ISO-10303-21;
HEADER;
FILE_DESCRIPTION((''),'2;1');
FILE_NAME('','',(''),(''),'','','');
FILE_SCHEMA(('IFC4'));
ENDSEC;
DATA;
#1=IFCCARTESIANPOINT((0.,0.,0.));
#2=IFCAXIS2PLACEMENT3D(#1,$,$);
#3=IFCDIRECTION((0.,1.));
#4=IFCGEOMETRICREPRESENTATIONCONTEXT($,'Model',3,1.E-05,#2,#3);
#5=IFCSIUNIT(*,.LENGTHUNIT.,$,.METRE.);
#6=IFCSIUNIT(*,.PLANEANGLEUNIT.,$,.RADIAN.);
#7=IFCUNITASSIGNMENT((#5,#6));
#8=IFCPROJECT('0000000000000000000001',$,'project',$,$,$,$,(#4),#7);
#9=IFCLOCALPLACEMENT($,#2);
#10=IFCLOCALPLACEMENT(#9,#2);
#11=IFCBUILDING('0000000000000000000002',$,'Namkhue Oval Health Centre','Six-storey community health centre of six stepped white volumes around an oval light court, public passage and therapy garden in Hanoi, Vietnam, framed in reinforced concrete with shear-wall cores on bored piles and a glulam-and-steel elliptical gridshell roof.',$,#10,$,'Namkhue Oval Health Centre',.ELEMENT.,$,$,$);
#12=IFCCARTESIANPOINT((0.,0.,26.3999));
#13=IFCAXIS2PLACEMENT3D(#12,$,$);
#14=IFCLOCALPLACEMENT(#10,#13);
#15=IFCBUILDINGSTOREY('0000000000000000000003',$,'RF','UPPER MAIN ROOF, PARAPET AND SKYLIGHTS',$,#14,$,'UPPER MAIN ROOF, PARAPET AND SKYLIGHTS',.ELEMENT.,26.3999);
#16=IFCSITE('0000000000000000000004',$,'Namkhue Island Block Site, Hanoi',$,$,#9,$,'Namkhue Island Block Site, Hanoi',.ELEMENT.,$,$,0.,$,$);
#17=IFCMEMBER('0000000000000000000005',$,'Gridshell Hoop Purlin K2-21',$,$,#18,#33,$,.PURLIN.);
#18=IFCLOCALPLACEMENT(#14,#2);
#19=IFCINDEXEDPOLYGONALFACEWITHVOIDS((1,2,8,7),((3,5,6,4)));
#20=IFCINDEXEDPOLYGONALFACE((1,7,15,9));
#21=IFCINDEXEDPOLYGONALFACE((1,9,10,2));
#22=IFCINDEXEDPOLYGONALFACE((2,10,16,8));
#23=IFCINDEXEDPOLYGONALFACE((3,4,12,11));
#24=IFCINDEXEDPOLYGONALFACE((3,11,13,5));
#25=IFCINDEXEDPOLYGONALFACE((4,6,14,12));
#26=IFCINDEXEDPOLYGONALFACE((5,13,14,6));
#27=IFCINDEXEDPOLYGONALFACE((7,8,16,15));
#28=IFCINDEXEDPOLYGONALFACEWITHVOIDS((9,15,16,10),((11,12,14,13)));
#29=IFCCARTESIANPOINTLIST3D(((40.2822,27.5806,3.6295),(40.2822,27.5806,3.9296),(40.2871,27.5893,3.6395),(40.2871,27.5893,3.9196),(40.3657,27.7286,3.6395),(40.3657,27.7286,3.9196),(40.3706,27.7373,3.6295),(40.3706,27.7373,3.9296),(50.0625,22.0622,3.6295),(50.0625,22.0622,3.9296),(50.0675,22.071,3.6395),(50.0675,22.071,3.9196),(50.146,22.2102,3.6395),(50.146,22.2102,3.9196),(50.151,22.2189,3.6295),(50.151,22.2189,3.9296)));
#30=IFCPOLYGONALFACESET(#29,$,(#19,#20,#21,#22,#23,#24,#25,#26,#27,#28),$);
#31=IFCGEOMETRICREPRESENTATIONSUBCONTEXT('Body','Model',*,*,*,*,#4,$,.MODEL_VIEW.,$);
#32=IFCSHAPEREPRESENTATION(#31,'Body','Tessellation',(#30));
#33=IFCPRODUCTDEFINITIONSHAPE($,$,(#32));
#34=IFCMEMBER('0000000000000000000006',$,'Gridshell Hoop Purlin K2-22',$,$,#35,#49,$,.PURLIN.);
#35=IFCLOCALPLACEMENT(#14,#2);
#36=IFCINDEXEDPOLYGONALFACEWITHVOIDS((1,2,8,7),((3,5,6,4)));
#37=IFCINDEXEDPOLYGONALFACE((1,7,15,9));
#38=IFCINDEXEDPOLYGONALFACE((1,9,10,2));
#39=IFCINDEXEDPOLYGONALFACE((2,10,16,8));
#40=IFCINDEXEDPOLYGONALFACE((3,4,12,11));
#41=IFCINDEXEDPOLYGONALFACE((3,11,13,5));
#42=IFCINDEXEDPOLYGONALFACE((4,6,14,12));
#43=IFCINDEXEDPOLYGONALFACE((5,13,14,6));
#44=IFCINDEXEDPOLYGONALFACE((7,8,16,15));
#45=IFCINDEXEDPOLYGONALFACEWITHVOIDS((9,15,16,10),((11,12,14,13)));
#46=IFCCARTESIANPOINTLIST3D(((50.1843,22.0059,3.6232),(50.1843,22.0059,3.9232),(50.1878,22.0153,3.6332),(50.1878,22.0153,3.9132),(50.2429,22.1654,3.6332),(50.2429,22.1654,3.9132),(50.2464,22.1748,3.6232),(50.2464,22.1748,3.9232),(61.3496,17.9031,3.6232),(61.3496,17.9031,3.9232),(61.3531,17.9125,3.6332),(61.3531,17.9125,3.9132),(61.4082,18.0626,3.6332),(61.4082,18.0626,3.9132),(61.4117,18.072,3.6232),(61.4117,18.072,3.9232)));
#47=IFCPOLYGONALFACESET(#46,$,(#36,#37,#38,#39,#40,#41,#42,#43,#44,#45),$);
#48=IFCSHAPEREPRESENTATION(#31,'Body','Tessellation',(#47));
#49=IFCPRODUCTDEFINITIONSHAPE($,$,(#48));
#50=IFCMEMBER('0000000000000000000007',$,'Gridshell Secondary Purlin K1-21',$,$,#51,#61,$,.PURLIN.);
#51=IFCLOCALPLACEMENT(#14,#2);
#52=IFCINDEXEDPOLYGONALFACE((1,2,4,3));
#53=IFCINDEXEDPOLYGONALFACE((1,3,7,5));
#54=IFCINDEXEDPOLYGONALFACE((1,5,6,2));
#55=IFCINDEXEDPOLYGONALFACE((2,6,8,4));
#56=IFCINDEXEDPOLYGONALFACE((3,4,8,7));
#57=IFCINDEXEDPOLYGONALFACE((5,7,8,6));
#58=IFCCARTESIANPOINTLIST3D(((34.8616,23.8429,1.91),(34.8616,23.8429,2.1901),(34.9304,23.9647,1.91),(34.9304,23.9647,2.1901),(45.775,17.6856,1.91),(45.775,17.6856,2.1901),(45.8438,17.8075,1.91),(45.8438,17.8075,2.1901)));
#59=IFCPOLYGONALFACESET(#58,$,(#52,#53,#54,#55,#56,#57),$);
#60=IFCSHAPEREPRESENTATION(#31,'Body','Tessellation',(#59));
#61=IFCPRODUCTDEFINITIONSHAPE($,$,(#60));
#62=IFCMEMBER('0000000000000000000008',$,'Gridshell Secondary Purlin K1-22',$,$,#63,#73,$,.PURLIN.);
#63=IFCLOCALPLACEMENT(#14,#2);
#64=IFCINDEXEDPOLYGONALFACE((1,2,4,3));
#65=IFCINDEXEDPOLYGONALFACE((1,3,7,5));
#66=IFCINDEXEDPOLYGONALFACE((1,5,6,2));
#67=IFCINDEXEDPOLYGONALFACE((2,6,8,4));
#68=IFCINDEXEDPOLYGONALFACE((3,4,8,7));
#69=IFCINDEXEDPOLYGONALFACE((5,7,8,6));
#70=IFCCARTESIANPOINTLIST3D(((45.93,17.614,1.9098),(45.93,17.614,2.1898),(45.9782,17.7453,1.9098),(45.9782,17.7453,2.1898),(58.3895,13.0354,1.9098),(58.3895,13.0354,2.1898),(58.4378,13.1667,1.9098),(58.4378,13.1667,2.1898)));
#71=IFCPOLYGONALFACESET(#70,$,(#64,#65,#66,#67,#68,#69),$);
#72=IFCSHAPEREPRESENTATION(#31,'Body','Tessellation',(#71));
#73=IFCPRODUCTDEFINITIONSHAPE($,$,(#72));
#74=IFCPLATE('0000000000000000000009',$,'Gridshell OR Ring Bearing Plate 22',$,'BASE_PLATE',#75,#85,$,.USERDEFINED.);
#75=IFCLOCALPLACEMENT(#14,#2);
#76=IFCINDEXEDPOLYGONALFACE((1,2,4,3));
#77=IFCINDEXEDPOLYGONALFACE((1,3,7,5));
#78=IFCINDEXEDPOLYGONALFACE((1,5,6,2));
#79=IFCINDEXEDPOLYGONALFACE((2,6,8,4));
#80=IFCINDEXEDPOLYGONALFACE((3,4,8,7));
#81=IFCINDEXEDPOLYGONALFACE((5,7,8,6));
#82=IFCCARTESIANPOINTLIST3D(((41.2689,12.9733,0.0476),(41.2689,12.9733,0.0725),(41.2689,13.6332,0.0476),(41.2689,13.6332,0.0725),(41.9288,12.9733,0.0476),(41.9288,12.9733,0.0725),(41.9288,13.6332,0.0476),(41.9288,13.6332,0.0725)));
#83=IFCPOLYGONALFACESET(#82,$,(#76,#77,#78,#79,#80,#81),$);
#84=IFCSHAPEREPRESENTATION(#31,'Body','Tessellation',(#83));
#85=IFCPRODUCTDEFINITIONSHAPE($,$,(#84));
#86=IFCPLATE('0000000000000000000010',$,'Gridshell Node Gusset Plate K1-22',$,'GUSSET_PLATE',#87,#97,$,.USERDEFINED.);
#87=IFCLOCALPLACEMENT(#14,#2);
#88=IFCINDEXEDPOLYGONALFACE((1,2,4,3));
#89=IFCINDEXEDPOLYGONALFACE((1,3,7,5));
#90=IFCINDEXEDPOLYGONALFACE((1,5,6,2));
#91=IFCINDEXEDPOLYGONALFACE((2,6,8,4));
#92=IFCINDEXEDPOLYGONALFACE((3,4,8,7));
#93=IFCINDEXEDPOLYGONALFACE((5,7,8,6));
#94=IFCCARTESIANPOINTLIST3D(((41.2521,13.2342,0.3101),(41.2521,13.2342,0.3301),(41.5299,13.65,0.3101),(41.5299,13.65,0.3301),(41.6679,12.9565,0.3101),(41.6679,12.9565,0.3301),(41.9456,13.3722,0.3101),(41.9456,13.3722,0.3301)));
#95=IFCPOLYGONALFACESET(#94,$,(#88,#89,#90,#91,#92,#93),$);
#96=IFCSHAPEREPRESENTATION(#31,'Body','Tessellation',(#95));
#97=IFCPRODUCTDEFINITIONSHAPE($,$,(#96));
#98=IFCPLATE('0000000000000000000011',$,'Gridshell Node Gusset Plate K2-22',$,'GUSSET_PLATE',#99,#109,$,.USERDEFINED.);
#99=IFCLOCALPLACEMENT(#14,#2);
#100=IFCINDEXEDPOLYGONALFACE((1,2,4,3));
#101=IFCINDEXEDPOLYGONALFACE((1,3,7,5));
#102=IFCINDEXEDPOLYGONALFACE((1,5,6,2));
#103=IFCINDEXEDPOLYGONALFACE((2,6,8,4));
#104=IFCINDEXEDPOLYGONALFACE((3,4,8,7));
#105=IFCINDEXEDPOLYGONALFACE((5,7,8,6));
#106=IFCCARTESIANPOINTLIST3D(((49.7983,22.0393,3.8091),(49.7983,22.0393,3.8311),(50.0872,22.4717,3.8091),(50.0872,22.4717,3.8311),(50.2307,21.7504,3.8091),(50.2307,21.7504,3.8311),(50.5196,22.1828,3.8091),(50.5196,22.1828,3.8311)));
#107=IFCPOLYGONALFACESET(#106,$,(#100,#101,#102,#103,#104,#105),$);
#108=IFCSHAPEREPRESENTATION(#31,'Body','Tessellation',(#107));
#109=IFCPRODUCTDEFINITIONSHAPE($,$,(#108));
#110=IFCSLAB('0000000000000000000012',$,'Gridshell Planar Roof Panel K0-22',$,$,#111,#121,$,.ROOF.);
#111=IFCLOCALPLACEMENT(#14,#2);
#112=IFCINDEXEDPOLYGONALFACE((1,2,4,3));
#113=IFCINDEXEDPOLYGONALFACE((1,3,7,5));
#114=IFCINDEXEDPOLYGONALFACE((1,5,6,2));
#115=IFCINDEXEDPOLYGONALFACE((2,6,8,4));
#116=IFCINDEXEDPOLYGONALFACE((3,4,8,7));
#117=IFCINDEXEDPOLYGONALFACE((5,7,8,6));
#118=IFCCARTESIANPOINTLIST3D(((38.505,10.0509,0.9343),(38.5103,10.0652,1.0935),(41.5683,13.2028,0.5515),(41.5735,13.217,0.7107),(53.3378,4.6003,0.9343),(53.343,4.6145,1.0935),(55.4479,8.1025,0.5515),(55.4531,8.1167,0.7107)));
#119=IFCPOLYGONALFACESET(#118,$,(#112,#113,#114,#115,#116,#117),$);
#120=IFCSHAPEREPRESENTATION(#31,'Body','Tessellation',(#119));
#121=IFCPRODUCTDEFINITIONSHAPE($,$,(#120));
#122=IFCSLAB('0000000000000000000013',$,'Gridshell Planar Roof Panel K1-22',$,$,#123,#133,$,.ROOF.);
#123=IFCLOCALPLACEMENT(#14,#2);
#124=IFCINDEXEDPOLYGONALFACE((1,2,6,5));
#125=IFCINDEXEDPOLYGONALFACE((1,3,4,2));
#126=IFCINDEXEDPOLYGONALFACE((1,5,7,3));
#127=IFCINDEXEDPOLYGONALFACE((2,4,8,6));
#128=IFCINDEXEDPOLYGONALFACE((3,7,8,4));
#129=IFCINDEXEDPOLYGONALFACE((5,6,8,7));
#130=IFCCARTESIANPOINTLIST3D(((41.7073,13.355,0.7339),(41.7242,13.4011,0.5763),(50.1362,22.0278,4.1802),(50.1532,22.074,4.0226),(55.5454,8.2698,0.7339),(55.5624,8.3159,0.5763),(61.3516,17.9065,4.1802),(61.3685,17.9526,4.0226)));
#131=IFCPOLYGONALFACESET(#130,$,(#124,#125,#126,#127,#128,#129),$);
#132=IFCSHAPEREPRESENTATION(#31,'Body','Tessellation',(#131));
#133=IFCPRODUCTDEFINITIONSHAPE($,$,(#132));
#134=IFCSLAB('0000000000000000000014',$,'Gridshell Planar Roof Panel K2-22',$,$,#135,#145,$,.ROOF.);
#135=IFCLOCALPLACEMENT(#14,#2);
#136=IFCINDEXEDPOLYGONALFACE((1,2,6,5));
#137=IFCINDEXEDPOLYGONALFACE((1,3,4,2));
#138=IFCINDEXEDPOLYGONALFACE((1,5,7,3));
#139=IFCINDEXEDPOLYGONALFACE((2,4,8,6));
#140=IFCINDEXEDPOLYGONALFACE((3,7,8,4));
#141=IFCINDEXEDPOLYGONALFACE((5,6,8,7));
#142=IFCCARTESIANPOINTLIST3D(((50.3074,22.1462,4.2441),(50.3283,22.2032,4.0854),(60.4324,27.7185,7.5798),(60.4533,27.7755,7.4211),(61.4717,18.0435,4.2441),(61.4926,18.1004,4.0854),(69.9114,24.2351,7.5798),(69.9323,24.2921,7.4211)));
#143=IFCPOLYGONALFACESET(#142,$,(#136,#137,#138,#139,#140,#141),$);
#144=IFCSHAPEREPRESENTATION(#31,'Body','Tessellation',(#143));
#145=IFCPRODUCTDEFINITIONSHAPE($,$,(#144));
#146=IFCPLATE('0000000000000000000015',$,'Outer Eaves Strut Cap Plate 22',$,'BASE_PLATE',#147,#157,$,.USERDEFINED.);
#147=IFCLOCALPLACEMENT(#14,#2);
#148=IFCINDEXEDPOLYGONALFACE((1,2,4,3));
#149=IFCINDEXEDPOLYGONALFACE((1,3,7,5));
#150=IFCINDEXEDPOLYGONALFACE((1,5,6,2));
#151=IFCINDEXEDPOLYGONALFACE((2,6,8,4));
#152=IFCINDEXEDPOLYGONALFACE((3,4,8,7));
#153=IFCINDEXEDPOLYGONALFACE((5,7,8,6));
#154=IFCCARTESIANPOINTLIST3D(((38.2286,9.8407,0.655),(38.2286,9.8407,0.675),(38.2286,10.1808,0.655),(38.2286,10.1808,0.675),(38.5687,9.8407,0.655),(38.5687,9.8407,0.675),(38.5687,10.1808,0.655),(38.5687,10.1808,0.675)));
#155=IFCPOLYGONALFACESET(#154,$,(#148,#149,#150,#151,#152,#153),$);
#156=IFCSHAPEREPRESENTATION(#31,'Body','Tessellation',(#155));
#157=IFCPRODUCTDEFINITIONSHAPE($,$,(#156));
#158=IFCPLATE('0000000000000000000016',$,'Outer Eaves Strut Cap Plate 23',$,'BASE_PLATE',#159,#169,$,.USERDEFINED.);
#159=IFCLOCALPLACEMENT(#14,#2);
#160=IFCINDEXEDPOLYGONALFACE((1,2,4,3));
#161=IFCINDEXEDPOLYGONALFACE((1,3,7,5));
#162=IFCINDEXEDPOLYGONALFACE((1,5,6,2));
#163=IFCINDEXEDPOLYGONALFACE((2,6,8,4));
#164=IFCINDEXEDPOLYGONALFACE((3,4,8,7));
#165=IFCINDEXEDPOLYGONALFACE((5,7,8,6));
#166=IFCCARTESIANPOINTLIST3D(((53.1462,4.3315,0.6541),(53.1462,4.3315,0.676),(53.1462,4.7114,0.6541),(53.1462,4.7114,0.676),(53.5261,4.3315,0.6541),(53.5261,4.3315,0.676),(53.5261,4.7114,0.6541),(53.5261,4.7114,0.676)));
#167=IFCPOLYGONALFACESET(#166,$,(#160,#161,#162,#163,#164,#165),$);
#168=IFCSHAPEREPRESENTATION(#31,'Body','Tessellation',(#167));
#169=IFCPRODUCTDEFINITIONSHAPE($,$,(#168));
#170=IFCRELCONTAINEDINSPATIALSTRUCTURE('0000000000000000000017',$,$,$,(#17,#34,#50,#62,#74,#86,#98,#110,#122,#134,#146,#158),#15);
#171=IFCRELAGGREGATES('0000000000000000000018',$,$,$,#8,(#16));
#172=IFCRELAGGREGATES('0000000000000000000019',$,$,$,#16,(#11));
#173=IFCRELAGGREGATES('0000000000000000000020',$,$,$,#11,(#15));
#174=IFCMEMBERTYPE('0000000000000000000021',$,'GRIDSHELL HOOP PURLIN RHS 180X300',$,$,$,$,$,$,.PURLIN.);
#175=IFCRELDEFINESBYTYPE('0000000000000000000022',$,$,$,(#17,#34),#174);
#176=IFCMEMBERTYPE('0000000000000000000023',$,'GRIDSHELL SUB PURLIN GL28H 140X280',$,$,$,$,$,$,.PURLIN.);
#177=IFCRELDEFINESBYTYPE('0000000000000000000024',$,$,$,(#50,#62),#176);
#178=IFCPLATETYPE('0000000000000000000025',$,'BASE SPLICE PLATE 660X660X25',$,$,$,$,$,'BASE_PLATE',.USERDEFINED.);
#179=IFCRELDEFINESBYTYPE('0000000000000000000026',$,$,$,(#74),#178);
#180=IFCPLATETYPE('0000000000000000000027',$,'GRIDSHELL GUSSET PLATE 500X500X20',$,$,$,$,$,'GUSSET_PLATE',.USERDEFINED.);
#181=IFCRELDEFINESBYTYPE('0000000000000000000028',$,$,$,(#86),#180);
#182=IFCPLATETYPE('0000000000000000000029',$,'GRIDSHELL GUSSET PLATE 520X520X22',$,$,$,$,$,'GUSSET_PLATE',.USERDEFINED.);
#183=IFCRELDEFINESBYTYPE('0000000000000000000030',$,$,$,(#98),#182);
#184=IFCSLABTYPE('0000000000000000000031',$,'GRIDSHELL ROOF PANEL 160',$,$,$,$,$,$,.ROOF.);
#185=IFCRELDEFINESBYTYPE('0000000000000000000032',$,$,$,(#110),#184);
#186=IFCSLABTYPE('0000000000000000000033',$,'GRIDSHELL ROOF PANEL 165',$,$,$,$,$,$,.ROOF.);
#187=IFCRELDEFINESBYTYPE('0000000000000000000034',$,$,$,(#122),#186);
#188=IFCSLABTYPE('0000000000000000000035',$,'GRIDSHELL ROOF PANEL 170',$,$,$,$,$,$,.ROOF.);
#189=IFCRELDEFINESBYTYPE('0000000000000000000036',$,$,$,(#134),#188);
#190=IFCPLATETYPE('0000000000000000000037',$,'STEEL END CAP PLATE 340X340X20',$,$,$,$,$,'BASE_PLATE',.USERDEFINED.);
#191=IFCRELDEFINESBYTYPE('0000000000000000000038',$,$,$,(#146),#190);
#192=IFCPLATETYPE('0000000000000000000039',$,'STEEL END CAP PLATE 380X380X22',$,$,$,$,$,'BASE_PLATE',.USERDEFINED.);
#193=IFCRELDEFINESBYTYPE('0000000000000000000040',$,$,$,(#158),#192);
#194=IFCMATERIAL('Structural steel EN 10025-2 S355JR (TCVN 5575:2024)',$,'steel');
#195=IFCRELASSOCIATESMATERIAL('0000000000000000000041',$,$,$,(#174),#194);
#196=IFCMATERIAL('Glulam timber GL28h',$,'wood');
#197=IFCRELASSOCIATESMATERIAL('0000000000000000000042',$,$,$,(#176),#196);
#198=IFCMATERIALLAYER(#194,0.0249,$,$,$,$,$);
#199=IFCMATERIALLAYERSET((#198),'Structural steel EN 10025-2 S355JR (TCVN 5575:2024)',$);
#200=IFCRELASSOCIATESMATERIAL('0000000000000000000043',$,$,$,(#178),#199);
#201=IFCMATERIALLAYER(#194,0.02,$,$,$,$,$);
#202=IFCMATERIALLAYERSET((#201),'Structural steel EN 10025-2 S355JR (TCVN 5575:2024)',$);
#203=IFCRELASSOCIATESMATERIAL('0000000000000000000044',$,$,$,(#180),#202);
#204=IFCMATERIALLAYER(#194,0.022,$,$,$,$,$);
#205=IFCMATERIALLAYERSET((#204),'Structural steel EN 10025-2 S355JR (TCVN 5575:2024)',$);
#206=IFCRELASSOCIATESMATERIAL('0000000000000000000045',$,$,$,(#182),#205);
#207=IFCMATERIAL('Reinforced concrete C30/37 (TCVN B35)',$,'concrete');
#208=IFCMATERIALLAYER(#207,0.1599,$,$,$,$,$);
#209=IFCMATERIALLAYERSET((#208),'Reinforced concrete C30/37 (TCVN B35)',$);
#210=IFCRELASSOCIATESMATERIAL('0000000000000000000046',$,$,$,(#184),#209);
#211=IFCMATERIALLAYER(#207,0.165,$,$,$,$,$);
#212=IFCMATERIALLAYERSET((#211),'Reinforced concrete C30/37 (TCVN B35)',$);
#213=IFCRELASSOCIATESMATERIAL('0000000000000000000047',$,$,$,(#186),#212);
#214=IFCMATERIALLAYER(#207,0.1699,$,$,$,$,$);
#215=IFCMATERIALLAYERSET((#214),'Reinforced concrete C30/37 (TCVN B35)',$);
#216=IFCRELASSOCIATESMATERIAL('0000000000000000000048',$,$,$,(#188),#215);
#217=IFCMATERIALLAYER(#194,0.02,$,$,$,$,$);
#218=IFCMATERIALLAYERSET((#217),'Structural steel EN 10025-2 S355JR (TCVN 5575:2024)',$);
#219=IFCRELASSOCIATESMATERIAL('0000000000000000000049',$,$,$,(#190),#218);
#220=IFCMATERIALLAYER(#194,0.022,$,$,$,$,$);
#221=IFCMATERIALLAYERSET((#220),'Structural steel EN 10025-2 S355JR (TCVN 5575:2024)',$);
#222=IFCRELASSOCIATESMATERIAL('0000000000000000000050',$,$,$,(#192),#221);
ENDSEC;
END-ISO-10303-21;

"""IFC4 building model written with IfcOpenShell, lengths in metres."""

from ifc_helpers import new_model, si_unit, direction, frame, origin, origin_2d, place, context, subcontext, project, spatial, polyline, rectangle, hollow_rectangle, outline, extrude, material, layer, layer_set, material_profile, profile_set, type_object, element, save


model = new_model("IFC4")

# Units and contexts
model_context = context("Model", 3, precision=1e-05, world=origin(), true_north=direction((0.0, 1.0)))
body_context = subcontext(model_context, "Body", "Model", "MODEL_VIEW")
ifc_project = project(units=[si_unit("LENGTHUNIT", "METRE"), si_unit("PLANEANGLEUNIT", "RADIAN")], contexts=[model_context])

# Site, building, storey
site_placement = place(None, origin())
site = spatial("IfcSite", under=ifc_project, at=site_placement, Name="Namkhue Island Block Site, Hanoi", LongName="Namkhue Island Block Site, Hanoi", CompositionType="ELEMENT", RefElevation=0.0)
building_placement = place(site_placement, origin())
building = spatial("IfcBuilding", under=site, at=building_placement, Name="Namkhue Oval Health Centre", Description="Six-storey community health centre of six stepped white volumes around an oval light court, public passage and therapy garden in Hanoi, Vietnam, framed in reinforced concrete with shear-wall cores on bored piles and a glulam-and-steel elliptical gridshell roof.", LongName="Namkhue Oval Health Centre", CompositionType="ELEMENT")
storey_placement = place(building_placement, frame((0.0, 0.0, 26.3999)))
storey = spatial("IfcBuildingStorey", under=building, at=storey_placement, Name="RF", Description="UPPER MAIN ROOF, PARAPET AND SKYLIGHTS", LongName="UPPER MAIN ROOF, PARAPET AND SKYLIGHTS", CompositionType="ELEMENT", Elevation=26.3999)

# Members
ifc_material_1 = material(Name="Structural steel EN 10025-2 S355JR (TCVN 5575:2024)", Category="steel")
ifc_material_2 = material(Name="Glulam timber GL28h", Category="wood")
ifc_material_profile_1 = material_profile(ifc_material_1, hollow_rectangle(XDim=0.1799, YDim=0.3, WallThickness=0.01, at=origin_2d()), Name="RHS 180x300x10")
ifc_profile_set_1 = profile_set([ifc_material_profile_1], Name="Structural steel EN 10025-2 S355JR (TCVN 5575:2024)")
member_type_1 = type_object("IfcMemberType", Name="GRIDSHELL HOOP PURLIN RHS 180X300", PredefinedType="PURLIN", material=ifc_profile_set_1)
member_1_placement = place(storey_placement, frame((40.3264, 27.6589, 3.7795), z_axis=(0.870931, -0.491404, 0.0), x_axis=(0.491404, 0.870931, 0.0)))
element("IfcMember", 1, at=member_1_placement, inside=storey, type_object=member_type_1, Name="Gridshell Hoop Purlin K2-21", PredefinedType="PURLIN", context=body_context, shape_type="SweptSolid", body=[
    extrude(hollow_rectangle(XDim=0.1799, YDim=0.3, WallThickness=0.01, at=origin_2d()), origin(), (0.0, 0.0, 1.0), 11.2297),
])
member_2_placement = place(storey_placement, frame((50.2153, 22.0903, 3.7732), z_axis=(0.938636, -0.34491, 0.0), x_axis=(0.34491, 0.938636, 0.0)))
element("IfcMember", 2, at=member_2_placement, inside=storey, type_object=member_type_1, Name="Gridshell Hoop Purlin K2-22", PredefinedType="PURLIN", context=body_context, shape_type="SweptSolid", body=[
    extrude(hollow_rectangle(XDim=0.1799, YDim=0.3, WallThickness=0.01, at=origin_2d()), origin(), (0.0, 0.0, 1.0), 11.8953),
])
ifc_material_profile_2 = material_profile(ifc_material_2, rectangle(XDim=0.1399, YDim=0.28, at=origin_2d()), Name="GL28h 140x280")
ifc_profile_set_2 = profile_set([ifc_material_profile_2], Name="Glulam timber GL28h")
member_type_2 = type_object("IfcMemberType", Name="GRIDSHELL SUB PURLIN GL28H 140X280", PredefinedType="PURLIN", material=ifc_profile_set_2)
member_3_placement = place(storey_placement, frame((34.896, 23.9038, 2.05), z_axis=(0.870945, -0.491381, 0.0), x_axis=(0.491381, 0.870945, 0.0)))
element("IfcMember", 3, at=member_3_placement, inside=storey, type_object=member_type_2, Name="Gridshell Secondary Purlin K1-21", PredefinedType="PURLIN", context=body_context, shape_type="SweptSolid", body=[
    extrude(rectangle(XDim=0.1399, YDim=0.28, at=origin_2d()), origin(), (0.0, 0.0, 1.0), 12.5305),
])
member_4_placement = place(storey_placement, frame((45.9541, 17.6797, 2.0498), z_axis=(0.938629, -0.344928, 0.0), x_axis=(0.344928, 0.938629, 0.0)))
element("IfcMember", 4, at=member_4_placement, inside=storey, type_object=member_type_2, Name="Gridshell Secondary Purlin K1-22", PredefinedType="PURLIN", context=body_context, shape_type="SweptSolid", body=[
    extrude(rectangle(XDim=0.1399, YDim=0.28, at=origin_2d()), origin(), (0.0, 0.0, 1.0), 13.2742),
])

# Plates
ifc_layer_1 = layer(ifc_material_1, 0.0249)
ifc_layer_set_1 = layer_set([ifc_layer_1], Name="Structural steel EN 10025-2 S355JR (TCVN 5575:2024)")
plate_type_1 = type_object("IfcPlateType", Name="BASE SPLICE PLATE 660X660X25", ElementType="BASE_PLATE", PredefinedType="USERDEFINED", material=ifc_layer_set_1)
plate_1_placement = place(storey_placement, frame((41.5989, 13.3032, 0.0476), z_axis=(0.0, 0.0, 1.0), x_axis=(1.0, 0.0, 0.0)))
element("IfcPlate", 5, at=plate_1_placement, inside=storey, type_object=plate_type_1, Name="Gridshell OR Ring Bearing Plate 22", ObjectType="BASE_PLATE", PredefinedType="USERDEFINED", context=body_context, shape_type="SweptSolid", body=[
    extrude(rectangle(XDim=0.6599, YDim=0.6599, at=origin_2d()), origin(), (0.0, 0.0, 1.0), 0.0249),
])
ifc_layer_2 = layer(ifc_material_1, 0.02)
ifc_layer_set_2 = layer_set([ifc_layer_2], Name="Structural steel EN 10025-2 S355JR (TCVN 5575:2024)")
plate_type_2 = type_object("IfcPlateType", Name="GRIDSHELL GUSSET PLATE 500X500X20", ElementType="GUSSET_PLATE", PredefinedType="USERDEFINED", material=ifc_layer_set_2)
plate_2_placement = place(storey_placement, frame((41.5989, 13.3032, 0.3101), z_axis=(0.0, 0.0, 1.0), x_axis=(-0.55557, -0.83147, 0.0)))
element("IfcPlate", 6, at=plate_2_placement, inside=storey, type_object=plate_type_2, Name="Gridshell Node Gusset Plate K1-22", ObjectType="GUSSET_PLATE", PredefinedType="USERDEFINED", context=body_context, shape_type="SweptSolid", body=[
    extrude(rectangle(XDim=0.5, YDim=0.5, at=origin_2d()), origin(), (0.0, 0.0, 1.0), 0.02),
])
ifc_layer_3 = layer(ifc_material_1, 0.022)
ifc_layer_set_3 = layer_set([ifc_layer_3], Name="Structural steel EN 10025-2 S355JR (TCVN 5575:2024)")
plate_type_3 = type_object("IfcPlateType", Name="GRIDSHELL GUSSET PLATE 520X520X22", ElementType="GUSSET_PLATE", PredefinedType="USERDEFINED", material=ifc_layer_set_3)
plate_3_placement = place(storey_placement, frame((50.1589, 22.1111, 3.8091), z_axis=(0.0, 0.0, 1.0), x_axis=(-0.55557, -0.83147, 0.0)))
element("IfcPlate", 7, at=plate_3_placement, inside=storey, type_object=plate_type_3, Name="Gridshell Node Gusset Plate K2-22", ObjectType="GUSSET_PLATE", PredefinedType="USERDEFINED", context=body_context, shape_type="SweptSolid", body=[
    extrude(rectangle(XDim=0.52, YDim=0.52, at=origin_2d()), origin(), (0.0, 0.0, 1.0), 0.022),
])

# Slabs
ifc_material_3 = material(Name="Reinforced concrete C30/37 (TCVN B35)", Category="concrete")
ifc_layer_4 = layer(ifc_material_3, 0.1599)
ifc_layer_set_4 = layer_set([ifc_layer_4], Name="Reinforced concrete C30/37 (TCVN B35)")
slab_type_1 = type_object("IfcSlabType", Name="GRIDSHELL ROOF PANEL 160", PredefinedType="ROOF", material=ifc_layer_set_4)
slab_1_placement = place(storey_placement, frame((38.5103, 10.0652, 1.0935), z_axis=(0.032738, 0.089089, 0.995485), x_axis=(0.938631, -0.344924, 0.0)))
element("IfcSlab", 8, at=slab_1_placement, inside=storey, type_object=slab_type_1, Name="Gridshell Planar Roof Panel K0-22", PredefinedType="ROOF", context=body_context, shape_type="SweptSolid", body=[
    extrude(outline(polyline([(0.0, 0.0), (15.8026, 0.0), (16.5752, 4.0333), (1.7881, 4.0332), (0.0, 0.0)])), origin(), (0.0, 0.0, -1.0), 0.1599),
])
ifc_layer_5 = layer(ifc_material_3, 0.165)
ifc_layer_set_5 = layer_set([ifc_layer_5], Name="Reinforced concrete C30/37 (TCVN B35)")
slab_type_2 = type_object("IfcSlabType", Name="GRIDSHELL ROOF PANEL 165", PredefinedType="ROOF", material=ifc_layer_set_5)
slab_2_placement = place(storey_placement, frame((41.7073, 13.355, 0.7339), z_axis=(-0.102714, -0.279512, 0.954632), x_axis=(0.93863, -0.344925, 0.0)))
element("IfcSlab", 9, at=slab_2_placement, inside=storey, type_object=slab_type_2, Name="Gridshell Planar Roof Panel K1-22", PredefinedType="ROOF", context=body_context, shape_type="SweptSolid", body=[
    extrude(outline(polyline([(0.0, 0.0), (14.7429, 0.0), (16.8688, 11.573), (4.9202, 11.573), (0.0, 0.0)])), origin(), (0.0, 0.0, -1.0), 0.165),
])
ifc_layer_6 = layer(ifc_material_3, 0.1699)
ifc_layer_set_6 = layer_set([ifc_layer_6], Name="Reinforced concrete C30/37 (TCVN B35)")
slab_type_3 = type_object("IfcSlabType", Name="GRIDSHELL ROOF PANEL 170", PredefinedType="ROOF", material=ifc_layer_set_6)
slab_3_placement = place(storey_placement, frame((50.3074, 22.1462, 4.2441), z_axis=(-0.123206, -0.335264, 0.934033), x_axis=(0.938626, -0.344936, -0.000001)))
element("IfcSlab", 10, at=slab_3_placement, inside=storey, type_object=slab_type_3, Name="Gridshell Planar Roof Panel K2-22", PredefinedType="ROOF", context=body_context, shape_type="SweptSolid", body=[
    extrude(outline(polyline([(0.0, 0.0), (11.8943, 0.0), (17.6803, 9.3389), (7.5815, 9.3388), (0.0, 0.0)])), origin(), (0.0, 0.0, -1.0), 0.1699),
])

# Plates
ifc_layer_7 = layer(ifc_material_1, 0.02)
ifc_layer_set_7 = layer_set([ifc_layer_7], Name="Structural steel EN 10025-2 S355JR (TCVN 5575:2024)")
plate_type_4 = type_object("IfcPlateType", Name="STEEL END CAP PLATE 340X340X20", ElementType="BASE_PLATE", PredefinedType="USERDEFINED", material=ifc_layer_set_7)
plate_4_placement = place(storey_placement, frame((38.3987, 10.0107, 0.655), z_axis=(0.0, 0.0, 1.0), x_axis=(1.0, 0.0, 0.0)))
element("IfcPlate", 11, at=plate_4_placement, inside=storey, type_object=plate_type_4, Name="Outer Eaves Strut Cap Plate 22", ObjectType="BASE_PLATE", PredefinedType="USERDEFINED", context=body_context, shape_type="SweptSolid", body=[
    extrude(rectangle(XDim=0.3401, YDim=0.3401, at=origin_2d()), origin(), (0.0, 0.0, 1.0), 0.02),
])
ifc_layer_8 = layer(ifc_material_1, 0.022)
ifc_layer_set_8 = layer_set([ifc_layer_8], Name="Structural steel EN 10025-2 S355JR (TCVN 5575:2024)")
plate_type_5 = type_object("IfcPlateType", Name="STEEL END CAP PLATE 380X380X22", ElementType="BASE_PLATE", PredefinedType="USERDEFINED", material=ifc_layer_set_8)
plate_5_placement = place(storey_placement, frame((53.3362, 4.5215, 0.6541), z_axis=(0.0, 0.0, 1.0), x_axis=(1.0, 0.0, 0.0)))
element("IfcPlate", 12, at=plate_5_placement, inside=storey, type_object=plate_type_5, Name="Outer Eaves Strut Cap Plate 23", ObjectType="BASE_PLATE", PredefinedType="USERDEFINED", context=body_context, shape_type="SweptSolid", body=[
    extrude(rectangle(XDim=0.3799, YDim=0.3799, at=origin_2d()), origin(), (0.0, 0.0, 1.0), 0.022),
])

save(model, "model.ifc")
